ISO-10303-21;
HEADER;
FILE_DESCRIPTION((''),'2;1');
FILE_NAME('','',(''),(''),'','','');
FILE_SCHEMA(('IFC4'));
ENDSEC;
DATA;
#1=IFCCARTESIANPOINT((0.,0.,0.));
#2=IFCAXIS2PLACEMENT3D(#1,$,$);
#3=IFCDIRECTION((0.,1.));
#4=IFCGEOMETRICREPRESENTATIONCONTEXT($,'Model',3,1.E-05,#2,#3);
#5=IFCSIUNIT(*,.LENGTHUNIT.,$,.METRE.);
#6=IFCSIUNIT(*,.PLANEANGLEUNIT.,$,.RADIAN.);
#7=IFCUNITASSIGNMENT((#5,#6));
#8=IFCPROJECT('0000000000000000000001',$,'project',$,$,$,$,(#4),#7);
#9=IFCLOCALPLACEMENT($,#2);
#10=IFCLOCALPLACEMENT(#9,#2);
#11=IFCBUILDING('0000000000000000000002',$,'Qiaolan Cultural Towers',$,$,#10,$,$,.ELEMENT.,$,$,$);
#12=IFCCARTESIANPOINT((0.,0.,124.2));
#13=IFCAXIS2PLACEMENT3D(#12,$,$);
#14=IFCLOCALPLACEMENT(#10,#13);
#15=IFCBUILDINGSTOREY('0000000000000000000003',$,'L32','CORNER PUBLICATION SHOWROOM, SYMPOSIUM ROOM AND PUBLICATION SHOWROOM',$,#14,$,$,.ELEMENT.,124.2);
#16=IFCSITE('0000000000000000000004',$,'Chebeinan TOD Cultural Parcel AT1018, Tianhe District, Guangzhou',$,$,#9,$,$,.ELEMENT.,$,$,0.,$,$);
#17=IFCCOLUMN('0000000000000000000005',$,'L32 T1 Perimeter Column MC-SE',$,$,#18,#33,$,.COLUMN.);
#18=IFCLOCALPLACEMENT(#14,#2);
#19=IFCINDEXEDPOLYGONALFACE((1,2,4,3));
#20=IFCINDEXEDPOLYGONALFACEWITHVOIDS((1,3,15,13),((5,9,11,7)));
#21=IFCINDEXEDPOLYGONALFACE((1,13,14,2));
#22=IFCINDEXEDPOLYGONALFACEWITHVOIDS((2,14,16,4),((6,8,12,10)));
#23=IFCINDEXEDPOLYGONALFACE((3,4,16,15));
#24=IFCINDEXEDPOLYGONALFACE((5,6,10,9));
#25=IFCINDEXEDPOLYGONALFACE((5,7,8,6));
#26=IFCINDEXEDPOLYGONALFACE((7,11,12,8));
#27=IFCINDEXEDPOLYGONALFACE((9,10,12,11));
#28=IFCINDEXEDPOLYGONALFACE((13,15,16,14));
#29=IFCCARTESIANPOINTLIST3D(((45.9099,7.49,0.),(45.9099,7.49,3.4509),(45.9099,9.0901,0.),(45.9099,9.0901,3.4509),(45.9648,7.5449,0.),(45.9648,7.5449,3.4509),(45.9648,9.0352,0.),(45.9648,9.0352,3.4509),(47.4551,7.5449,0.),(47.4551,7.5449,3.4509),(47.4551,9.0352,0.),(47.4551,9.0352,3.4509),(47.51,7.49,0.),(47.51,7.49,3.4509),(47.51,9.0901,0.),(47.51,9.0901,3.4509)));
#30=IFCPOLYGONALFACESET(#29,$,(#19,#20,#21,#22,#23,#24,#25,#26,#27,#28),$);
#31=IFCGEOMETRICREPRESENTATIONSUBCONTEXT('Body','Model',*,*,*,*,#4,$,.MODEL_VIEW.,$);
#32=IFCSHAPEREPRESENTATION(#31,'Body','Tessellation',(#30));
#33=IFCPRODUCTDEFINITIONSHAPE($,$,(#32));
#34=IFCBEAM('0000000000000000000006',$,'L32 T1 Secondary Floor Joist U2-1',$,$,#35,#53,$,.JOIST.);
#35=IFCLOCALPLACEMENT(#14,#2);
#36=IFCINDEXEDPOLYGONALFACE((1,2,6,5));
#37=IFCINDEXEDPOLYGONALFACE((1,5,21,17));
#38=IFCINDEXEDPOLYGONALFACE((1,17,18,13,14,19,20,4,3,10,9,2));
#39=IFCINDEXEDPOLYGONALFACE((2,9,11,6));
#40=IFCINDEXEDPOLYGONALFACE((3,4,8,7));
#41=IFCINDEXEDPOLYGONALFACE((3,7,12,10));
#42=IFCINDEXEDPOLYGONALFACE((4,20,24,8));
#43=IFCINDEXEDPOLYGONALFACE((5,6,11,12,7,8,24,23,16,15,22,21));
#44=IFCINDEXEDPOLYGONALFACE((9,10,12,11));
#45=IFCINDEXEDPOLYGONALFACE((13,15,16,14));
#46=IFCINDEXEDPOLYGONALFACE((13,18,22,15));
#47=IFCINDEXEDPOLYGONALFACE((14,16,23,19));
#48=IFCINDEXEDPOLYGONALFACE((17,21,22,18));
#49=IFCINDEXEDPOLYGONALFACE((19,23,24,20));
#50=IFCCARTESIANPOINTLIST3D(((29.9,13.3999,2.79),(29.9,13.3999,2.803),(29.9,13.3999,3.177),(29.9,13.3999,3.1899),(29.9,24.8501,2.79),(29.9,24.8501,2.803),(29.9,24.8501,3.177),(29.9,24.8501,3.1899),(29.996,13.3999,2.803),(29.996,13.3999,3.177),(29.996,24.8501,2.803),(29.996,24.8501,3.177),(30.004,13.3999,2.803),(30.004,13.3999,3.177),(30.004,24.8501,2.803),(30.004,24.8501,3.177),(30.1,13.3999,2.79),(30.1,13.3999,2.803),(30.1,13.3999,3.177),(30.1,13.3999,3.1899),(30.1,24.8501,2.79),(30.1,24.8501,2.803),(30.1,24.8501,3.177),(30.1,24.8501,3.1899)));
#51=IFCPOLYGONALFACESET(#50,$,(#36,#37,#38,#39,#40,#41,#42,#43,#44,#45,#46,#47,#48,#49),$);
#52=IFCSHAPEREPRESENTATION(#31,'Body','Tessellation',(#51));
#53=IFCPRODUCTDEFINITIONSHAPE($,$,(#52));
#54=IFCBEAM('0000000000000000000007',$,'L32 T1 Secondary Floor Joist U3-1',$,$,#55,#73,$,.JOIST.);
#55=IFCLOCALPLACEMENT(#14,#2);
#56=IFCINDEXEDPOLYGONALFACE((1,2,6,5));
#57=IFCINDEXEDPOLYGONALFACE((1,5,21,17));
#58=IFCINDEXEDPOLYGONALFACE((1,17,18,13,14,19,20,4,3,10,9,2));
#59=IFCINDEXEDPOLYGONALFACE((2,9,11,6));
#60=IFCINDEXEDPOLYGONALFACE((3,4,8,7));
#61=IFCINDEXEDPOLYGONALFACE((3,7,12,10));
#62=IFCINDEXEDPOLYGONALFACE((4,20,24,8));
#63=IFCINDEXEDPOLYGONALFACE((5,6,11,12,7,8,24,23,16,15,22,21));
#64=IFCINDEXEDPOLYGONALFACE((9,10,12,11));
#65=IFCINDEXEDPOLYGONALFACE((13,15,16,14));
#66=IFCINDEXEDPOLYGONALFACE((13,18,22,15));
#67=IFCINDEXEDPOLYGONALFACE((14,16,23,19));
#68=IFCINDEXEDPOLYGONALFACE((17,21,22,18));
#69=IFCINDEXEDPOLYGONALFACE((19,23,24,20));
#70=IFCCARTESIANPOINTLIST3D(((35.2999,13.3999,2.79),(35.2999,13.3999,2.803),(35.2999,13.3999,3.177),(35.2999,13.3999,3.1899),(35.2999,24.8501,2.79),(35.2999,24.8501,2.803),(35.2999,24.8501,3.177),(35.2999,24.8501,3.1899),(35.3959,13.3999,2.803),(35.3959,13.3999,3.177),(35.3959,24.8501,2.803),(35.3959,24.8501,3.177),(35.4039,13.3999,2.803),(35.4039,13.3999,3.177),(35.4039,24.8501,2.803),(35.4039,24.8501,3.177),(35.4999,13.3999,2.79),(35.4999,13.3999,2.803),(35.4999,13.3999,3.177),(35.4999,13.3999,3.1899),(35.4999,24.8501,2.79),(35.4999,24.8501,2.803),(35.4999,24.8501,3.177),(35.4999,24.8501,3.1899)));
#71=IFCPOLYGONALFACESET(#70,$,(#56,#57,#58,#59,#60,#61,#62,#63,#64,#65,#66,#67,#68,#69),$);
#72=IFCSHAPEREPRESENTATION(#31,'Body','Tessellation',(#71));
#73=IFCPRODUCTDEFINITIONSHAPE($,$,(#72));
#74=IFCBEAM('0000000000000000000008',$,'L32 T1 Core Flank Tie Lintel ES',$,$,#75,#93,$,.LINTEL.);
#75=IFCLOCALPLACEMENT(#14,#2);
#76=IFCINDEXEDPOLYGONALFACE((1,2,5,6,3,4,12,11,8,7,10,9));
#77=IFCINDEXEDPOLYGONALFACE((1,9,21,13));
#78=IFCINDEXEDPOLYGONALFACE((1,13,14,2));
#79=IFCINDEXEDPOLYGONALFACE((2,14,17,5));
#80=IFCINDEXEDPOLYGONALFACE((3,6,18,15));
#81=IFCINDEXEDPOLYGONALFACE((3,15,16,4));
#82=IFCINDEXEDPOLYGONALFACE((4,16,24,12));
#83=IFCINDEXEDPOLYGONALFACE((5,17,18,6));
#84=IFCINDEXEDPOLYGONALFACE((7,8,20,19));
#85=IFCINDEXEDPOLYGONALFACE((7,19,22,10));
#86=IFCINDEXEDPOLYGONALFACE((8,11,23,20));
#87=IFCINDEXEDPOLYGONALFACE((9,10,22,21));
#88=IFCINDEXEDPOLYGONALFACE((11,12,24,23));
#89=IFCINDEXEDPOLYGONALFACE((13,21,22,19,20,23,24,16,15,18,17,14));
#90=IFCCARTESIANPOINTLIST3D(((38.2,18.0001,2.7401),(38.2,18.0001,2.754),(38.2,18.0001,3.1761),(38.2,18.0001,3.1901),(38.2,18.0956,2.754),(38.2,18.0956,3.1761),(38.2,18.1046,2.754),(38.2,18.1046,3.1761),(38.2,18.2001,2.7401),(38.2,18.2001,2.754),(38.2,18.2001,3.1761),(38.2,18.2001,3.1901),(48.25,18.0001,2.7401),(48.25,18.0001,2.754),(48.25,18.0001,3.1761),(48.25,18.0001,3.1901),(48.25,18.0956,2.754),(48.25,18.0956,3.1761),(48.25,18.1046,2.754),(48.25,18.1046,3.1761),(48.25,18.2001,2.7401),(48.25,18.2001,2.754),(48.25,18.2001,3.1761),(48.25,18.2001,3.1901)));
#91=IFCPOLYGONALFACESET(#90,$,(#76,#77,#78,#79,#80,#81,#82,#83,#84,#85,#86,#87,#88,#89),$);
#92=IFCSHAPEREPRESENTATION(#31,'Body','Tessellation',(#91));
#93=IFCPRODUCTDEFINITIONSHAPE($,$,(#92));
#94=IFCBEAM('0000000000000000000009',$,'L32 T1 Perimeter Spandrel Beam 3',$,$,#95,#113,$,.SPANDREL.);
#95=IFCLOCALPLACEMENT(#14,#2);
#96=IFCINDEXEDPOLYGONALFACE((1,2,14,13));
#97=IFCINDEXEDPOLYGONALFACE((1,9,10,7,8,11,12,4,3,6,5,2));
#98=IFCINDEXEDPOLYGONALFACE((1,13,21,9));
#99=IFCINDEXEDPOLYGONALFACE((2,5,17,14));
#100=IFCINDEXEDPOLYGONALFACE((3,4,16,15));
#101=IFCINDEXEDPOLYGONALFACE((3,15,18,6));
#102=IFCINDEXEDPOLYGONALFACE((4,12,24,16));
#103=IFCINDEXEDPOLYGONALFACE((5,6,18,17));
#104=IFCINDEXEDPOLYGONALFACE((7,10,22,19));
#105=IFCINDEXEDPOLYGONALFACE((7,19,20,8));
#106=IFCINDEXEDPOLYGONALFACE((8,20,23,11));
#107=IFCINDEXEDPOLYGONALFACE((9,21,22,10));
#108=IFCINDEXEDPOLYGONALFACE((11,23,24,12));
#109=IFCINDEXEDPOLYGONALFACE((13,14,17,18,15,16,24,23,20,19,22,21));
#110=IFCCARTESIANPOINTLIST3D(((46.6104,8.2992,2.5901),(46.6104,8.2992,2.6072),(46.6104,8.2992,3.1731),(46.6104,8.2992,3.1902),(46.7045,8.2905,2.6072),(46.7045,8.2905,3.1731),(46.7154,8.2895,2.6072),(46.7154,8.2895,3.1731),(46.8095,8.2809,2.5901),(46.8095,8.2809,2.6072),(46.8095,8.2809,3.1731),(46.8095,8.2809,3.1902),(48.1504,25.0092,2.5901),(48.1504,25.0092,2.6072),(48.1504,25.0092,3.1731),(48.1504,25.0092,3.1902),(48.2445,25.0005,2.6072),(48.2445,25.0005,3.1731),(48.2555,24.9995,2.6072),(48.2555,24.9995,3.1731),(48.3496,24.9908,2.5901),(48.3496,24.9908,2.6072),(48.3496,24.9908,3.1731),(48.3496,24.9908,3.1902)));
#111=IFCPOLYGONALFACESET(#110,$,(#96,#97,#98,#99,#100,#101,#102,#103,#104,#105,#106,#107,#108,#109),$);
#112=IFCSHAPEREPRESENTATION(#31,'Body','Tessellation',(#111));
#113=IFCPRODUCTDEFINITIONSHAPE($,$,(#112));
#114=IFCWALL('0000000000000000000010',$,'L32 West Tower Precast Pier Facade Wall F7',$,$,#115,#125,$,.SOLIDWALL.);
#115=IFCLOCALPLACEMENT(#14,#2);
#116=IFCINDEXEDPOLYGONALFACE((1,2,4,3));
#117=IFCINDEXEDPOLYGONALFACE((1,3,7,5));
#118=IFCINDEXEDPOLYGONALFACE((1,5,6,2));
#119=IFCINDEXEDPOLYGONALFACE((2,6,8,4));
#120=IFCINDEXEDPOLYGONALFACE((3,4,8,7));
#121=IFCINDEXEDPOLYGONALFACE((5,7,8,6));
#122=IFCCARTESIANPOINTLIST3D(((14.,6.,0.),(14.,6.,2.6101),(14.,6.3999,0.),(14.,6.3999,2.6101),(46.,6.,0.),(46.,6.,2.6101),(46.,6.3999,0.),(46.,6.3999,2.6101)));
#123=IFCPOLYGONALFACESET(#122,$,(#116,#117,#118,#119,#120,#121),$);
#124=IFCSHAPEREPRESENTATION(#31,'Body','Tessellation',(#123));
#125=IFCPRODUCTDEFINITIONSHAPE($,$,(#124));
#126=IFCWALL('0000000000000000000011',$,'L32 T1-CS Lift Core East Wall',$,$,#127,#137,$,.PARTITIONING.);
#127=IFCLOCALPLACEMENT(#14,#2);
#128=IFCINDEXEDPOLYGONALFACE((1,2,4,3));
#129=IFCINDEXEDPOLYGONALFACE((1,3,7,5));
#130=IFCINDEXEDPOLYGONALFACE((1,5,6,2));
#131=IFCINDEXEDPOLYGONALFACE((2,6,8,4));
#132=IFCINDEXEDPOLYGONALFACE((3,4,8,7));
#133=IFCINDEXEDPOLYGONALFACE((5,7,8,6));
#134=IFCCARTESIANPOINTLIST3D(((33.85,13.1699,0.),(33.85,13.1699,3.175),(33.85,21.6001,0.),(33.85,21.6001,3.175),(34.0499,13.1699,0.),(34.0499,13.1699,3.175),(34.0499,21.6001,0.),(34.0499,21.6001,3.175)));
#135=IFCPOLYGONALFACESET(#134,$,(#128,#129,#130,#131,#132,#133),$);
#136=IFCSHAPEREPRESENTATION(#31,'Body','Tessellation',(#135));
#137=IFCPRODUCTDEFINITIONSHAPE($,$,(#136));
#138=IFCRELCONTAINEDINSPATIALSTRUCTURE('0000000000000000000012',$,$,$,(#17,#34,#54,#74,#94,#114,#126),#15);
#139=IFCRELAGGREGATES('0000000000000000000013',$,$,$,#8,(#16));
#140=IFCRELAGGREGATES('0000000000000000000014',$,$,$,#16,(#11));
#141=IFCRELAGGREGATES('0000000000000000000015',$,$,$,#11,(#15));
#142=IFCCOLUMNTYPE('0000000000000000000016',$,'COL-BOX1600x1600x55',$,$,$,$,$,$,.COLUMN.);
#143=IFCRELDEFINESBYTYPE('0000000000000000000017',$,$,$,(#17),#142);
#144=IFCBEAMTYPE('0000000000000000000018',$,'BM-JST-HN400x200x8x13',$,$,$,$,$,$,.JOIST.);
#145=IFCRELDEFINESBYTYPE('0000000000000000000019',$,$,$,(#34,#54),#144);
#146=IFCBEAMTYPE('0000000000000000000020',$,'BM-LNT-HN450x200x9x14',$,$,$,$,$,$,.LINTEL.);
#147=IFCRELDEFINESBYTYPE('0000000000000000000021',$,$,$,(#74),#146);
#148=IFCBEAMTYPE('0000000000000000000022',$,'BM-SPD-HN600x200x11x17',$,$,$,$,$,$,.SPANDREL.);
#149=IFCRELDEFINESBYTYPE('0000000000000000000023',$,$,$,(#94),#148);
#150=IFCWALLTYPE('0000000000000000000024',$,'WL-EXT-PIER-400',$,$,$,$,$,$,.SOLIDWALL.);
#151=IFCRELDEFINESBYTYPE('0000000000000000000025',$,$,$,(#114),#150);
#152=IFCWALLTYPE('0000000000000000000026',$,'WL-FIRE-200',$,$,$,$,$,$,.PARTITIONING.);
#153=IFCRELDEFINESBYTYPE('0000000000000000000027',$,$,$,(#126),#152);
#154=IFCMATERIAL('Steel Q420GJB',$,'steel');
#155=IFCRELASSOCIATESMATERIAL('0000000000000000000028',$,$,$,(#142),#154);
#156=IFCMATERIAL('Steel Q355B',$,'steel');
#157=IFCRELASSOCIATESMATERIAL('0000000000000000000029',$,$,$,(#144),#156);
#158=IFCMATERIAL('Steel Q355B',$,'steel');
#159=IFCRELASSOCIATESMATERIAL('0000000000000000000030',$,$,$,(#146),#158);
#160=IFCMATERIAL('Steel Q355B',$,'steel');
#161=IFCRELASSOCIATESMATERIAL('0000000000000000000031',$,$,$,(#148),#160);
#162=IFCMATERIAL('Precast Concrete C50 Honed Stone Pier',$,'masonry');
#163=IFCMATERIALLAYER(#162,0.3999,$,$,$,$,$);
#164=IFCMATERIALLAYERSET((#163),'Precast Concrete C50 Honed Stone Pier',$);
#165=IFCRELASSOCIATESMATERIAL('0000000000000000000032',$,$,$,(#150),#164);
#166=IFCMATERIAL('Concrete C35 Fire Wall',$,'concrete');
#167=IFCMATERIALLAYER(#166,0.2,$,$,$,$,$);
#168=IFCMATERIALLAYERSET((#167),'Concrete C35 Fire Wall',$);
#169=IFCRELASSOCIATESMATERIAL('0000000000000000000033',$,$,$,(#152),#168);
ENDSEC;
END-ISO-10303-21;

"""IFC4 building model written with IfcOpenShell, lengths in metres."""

from ifc_helpers import new_model, si_unit, direction, frame, frame_2d, origin, origin_2d, place, context, subcontext, project, spatial, rectangle, hollow_rectangle, i_section, extrude, material, layer, layer_set, material_profile, profile_set, type_object, element, save


model = new_model("IFC4")

# Units and contexts
model_context = context("Model", 3, precision=1e-05, world=origin(), true_north=direction((0.0, 1.0)))
body_context = subcontext(model_context, "Body", "Model", "MODEL_VIEW")
ifc_project = project(units=[si_unit("LENGTHUNIT", "METRE"), si_unit("PLANEANGLEUNIT", "RADIAN")], contexts=[model_context])

# Site, building, storey
site_placement = place(None, origin())
site = spatial("IfcSite", under=ifc_project, at=site_placement, Name="Chebeinan TOD Cultural Parcel AT1018, Tianhe District, Guangzhou", CompositionType="ELEMENT", RefElevation=0.0)
building_placement = place(site_placement, origin())
building = spatial("IfcBuilding", under=site, at=building_placement, Name="Qiaolan Cultural Towers", CompositionType="ELEMENT")
storey_placement = place(building_placement, frame((0.0, 0.0, 124.2)))
storey = spatial("IfcBuildingStorey", under=building, at=storey_placement, Name="L32", Description="CORNER PUBLICATION SHOWROOM, SYMPOSIUM ROOM AND PUBLICATION SHOWROOM", CompositionType="ELEMENT", Elevation=124.2)

# Column
ifc_material_1 = material(Name="Steel Q420GJB", Category="steel")
ifc_material_profile_1 = material_profile(ifc_material_1, hollow_rectangle(XDim=1.6001, YDim=1.6001, WallThickness=0.0549, at=origin_2d()), Name="BOX1600x1600x55")
ifc_profile_set_1 = profile_set([ifc_material_profile_1], Name="Steel Q420GJB")
column_type = type_object("IfcColumnType", Name="COL-BOX1600x1600x55", PredefinedType="COLUMN", material=ifc_profile_set_1)
column_placement = place(storey_placement, frame((46.71, 8.29, 0.0), z_axis=(0.0, 0.0, 1.0), x_axis=(1.0, 0.0, 0.0)))
element("IfcColumn", 1, at=column_placement, inside=storey, type_object=column_type, Name="L32 T1 Perimeter Column MC-SE", PredefinedType="COLUMN", context=body_context, shape_type="SweptSolid", body=[
    extrude(hollow_rectangle(XDim=1.6001, YDim=1.6001, WallThickness=0.0549, at=origin_2d()), origin(), (0.0, 0.0, 1.0), 3.4509),
])

# Beams
ifc_material_2 = material(Name="Steel Q355B", Category="steel")
ifc_material_profile_2 = material_profile(ifc_material_2, i_section(OverallWidth=0.2, OverallDepth=0.3999, WebThickness=0.0081, FlangeThickness=0.0129, at=origin_2d()), Name="HN400x200x8x13")
ifc_profile_set_2 = profile_set([ifc_material_profile_2], Name="Steel Q355B")
beam_type_1 = type_object("IfcBeamType", Name="BM-JST-HN400x200x8x13", PredefinedType="JOIST", material=ifc_profile_set_2)
for number, where, z_axis, x_axis, name in (
    (2, (30.0, 13.3999, 2.99), (0.0, 1.0, 0.0), (-1.0, 0.0, 0.0), "L32 T1 Secondary Floor Joist U2-1"),
    (3, (35.3999, 13.3999, 2.99), (0.0, 1.0, 0.0), (-1.0, 0.0, 0.0), "L32 T1 Secondary Floor Joist U3-1"),
):
    element("IfcBeam", number, at=place(storey_placement, frame(where, z_axis=z_axis, x_axis=x_axis)), inside=storey, type_object=beam_type_1, Name=name, PredefinedType="JOIST", context=body_context, shape_type="SweptSolid", body=[
        extrude(i_section(OverallWidth=0.2, OverallDepth=0.3999, WebThickness=0.0081, FlangeThickness=0.0129, at=origin_2d()), origin(), (0.0, 0.0, 1.0), 11.4502),
    ])
ifc_material_3 = material(Name="Steel Q355B", Category="steel")
ifc_material_profile_3 = material_profile(ifc_material_3, i_section(OverallWidth=0.2, OverallDepth=0.45, WebThickness=0.009, FlangeThickness=0.0139, at=origin_2d()), Name="HN450x200x9x14")
ifc_profile_set_3 = profile_set([ifc_material_profile_3], Name="Steel Q355B")
beam_type_2 = type_object("IfcBeamType", Name="BM-LNT-HN450x200x9x14", PredefinedType="LINTEL", material=ifc_profile_set_3)
beam_1_placement = place(storey_placement, frame((38.2, 18.1001, 2.9651), z_axis=(1.0, 0.0, 0.0), x_axis=(0.0, 1.0, 0.0)))
element("IfcBeam", 4, at=beam_1_placement, inside=storey, type_object=beam_type_2, Name="L32 T1 Core Flank Tie Lintel ES", PredefinedType="LINTEL", context=body_context, shape_type="SweptSolid", body=[
    extrude(i_section(OverallWidth=0.2, OverallDepth=0.45, WebThickness=0.009, FlangeThickness=0.0139, at=origin_2d()), origin(), (0.0, 0.0, 1.0), 10.05),
])
ifc_material_4 = material(Name="Steel Q355B", Category="steel")
ifc_material_profile_4 = material_profile(ifc_material_4, i_section(OverallWidth=0.2, OverallDepth=0.6001, WebThickness=0.011, FlangeThickness=0.0171, at=origin_2d()), Name="HN600x200x11x17")
ifc_profile_set_4 = profile_set([ifc_material_profile_4], Name="Steel Q355B")
beam_type_3 = type_object("IfcBeamType", Name="BM-SPD-HN600x200x11x17", PredefinedType="SPANDREL", material=ifc_profile_set_4)
beam_2_placement = place(storey_placement, frame((46.71, 8.29, 2.8901), z_axis=(0.091774, 0.99578, 0.0), x_axis=(-0.99578, 0.091774, 0.0)))
element("IfcBeam", 5, at=beam_2_placement, inside=storey, type_object=beam_type_3, Name="L32 T1 Perimeter Spandrel Beam 3", PredefinedType="SPANDREL", context=body_context, shape_type="SweptSolid", body=[
    extrude(i_section(OverallWidth=0.2, OverallDepth=0.6001, WebThickness=0.011, FlangeThickness=0.0171, at=origin_2d()), origin(), (0.0, 0.0, 1.0), 16.7808),
])

# Walls
ifc_material_5 = material(Name="Precast Concrete C50 Honed Stone Pier", Category="masonry")
ifc_layer_1 = layer(ifc_material_5, 0.3999)
ifc_layer_set_1 = layer_set([ifc_layer_1], Name="Precast Concrete C50 Honed Stone Pier")
wall_type_1 = type_object("IfcWallType", Name="WL-EXT-PIER-400", PredefinedType="SOLIDWALL", material=ifc_layer_set_1)
wall_1_placement = place(storey_placement, frame((46.0, 6.2, 0.0), z_axis=(0.0, 0.0, 1.0), x_axis=(-1.0, 0.0, 0.0)))
element("IfcWall", 6, at=wall_1_placement, inside=storey, type_object=wall_type_1, Name="L32 West Tower Precast Pier Facade Wall F7", PredefinedType="SOLIDWALL", context=body_context, shape_type="SweptSolid", body=[
    extrude(rectangle(XDim=32.0, YDim=0.3999, at=frame_2d((16.0, 0.0))), origin(), (0.0, 0.0, 1.0), 2.6101),
])
ifc_material_6 = material(Name="Concrete C35 Fire Wall", Category="concrete")
ifc_layer_2 = layer(ifc_material_6, 0.2)
ifc_layer_set_2 = layer_set([ifc_layer_2], Name="Concrete C35 Fire Wall")
wall_type_2 = type_object("IfcWallType", Name="WL-FIRE-200", PredefinedType="PARTITIONING", material=ifc_layer_set_2)
wall_2_placement = place(storey_placement, frame((33.95, 21.6001, 0.0), z_axis=(0.0, 0.0, 1.0), x_axis=(0.0, -1.0, 0.0)))
element("IfcWall", 7, at=wall_2_placement, inside=storey, type_object=wall_type_2, Name="L32 T1-CS Lift Core East Wall", PredefinedType="PARTITIONING", context=body_context, shape_type="SweptSolid", body=[
    extrude(rectangle(XDim=8.4302, YDim=0.2, at=frame_2d((4.2151, 0.0))), origin(), (0.0, 0.0, 1.0), 3.175),
])

save(model, "model.ifc")
